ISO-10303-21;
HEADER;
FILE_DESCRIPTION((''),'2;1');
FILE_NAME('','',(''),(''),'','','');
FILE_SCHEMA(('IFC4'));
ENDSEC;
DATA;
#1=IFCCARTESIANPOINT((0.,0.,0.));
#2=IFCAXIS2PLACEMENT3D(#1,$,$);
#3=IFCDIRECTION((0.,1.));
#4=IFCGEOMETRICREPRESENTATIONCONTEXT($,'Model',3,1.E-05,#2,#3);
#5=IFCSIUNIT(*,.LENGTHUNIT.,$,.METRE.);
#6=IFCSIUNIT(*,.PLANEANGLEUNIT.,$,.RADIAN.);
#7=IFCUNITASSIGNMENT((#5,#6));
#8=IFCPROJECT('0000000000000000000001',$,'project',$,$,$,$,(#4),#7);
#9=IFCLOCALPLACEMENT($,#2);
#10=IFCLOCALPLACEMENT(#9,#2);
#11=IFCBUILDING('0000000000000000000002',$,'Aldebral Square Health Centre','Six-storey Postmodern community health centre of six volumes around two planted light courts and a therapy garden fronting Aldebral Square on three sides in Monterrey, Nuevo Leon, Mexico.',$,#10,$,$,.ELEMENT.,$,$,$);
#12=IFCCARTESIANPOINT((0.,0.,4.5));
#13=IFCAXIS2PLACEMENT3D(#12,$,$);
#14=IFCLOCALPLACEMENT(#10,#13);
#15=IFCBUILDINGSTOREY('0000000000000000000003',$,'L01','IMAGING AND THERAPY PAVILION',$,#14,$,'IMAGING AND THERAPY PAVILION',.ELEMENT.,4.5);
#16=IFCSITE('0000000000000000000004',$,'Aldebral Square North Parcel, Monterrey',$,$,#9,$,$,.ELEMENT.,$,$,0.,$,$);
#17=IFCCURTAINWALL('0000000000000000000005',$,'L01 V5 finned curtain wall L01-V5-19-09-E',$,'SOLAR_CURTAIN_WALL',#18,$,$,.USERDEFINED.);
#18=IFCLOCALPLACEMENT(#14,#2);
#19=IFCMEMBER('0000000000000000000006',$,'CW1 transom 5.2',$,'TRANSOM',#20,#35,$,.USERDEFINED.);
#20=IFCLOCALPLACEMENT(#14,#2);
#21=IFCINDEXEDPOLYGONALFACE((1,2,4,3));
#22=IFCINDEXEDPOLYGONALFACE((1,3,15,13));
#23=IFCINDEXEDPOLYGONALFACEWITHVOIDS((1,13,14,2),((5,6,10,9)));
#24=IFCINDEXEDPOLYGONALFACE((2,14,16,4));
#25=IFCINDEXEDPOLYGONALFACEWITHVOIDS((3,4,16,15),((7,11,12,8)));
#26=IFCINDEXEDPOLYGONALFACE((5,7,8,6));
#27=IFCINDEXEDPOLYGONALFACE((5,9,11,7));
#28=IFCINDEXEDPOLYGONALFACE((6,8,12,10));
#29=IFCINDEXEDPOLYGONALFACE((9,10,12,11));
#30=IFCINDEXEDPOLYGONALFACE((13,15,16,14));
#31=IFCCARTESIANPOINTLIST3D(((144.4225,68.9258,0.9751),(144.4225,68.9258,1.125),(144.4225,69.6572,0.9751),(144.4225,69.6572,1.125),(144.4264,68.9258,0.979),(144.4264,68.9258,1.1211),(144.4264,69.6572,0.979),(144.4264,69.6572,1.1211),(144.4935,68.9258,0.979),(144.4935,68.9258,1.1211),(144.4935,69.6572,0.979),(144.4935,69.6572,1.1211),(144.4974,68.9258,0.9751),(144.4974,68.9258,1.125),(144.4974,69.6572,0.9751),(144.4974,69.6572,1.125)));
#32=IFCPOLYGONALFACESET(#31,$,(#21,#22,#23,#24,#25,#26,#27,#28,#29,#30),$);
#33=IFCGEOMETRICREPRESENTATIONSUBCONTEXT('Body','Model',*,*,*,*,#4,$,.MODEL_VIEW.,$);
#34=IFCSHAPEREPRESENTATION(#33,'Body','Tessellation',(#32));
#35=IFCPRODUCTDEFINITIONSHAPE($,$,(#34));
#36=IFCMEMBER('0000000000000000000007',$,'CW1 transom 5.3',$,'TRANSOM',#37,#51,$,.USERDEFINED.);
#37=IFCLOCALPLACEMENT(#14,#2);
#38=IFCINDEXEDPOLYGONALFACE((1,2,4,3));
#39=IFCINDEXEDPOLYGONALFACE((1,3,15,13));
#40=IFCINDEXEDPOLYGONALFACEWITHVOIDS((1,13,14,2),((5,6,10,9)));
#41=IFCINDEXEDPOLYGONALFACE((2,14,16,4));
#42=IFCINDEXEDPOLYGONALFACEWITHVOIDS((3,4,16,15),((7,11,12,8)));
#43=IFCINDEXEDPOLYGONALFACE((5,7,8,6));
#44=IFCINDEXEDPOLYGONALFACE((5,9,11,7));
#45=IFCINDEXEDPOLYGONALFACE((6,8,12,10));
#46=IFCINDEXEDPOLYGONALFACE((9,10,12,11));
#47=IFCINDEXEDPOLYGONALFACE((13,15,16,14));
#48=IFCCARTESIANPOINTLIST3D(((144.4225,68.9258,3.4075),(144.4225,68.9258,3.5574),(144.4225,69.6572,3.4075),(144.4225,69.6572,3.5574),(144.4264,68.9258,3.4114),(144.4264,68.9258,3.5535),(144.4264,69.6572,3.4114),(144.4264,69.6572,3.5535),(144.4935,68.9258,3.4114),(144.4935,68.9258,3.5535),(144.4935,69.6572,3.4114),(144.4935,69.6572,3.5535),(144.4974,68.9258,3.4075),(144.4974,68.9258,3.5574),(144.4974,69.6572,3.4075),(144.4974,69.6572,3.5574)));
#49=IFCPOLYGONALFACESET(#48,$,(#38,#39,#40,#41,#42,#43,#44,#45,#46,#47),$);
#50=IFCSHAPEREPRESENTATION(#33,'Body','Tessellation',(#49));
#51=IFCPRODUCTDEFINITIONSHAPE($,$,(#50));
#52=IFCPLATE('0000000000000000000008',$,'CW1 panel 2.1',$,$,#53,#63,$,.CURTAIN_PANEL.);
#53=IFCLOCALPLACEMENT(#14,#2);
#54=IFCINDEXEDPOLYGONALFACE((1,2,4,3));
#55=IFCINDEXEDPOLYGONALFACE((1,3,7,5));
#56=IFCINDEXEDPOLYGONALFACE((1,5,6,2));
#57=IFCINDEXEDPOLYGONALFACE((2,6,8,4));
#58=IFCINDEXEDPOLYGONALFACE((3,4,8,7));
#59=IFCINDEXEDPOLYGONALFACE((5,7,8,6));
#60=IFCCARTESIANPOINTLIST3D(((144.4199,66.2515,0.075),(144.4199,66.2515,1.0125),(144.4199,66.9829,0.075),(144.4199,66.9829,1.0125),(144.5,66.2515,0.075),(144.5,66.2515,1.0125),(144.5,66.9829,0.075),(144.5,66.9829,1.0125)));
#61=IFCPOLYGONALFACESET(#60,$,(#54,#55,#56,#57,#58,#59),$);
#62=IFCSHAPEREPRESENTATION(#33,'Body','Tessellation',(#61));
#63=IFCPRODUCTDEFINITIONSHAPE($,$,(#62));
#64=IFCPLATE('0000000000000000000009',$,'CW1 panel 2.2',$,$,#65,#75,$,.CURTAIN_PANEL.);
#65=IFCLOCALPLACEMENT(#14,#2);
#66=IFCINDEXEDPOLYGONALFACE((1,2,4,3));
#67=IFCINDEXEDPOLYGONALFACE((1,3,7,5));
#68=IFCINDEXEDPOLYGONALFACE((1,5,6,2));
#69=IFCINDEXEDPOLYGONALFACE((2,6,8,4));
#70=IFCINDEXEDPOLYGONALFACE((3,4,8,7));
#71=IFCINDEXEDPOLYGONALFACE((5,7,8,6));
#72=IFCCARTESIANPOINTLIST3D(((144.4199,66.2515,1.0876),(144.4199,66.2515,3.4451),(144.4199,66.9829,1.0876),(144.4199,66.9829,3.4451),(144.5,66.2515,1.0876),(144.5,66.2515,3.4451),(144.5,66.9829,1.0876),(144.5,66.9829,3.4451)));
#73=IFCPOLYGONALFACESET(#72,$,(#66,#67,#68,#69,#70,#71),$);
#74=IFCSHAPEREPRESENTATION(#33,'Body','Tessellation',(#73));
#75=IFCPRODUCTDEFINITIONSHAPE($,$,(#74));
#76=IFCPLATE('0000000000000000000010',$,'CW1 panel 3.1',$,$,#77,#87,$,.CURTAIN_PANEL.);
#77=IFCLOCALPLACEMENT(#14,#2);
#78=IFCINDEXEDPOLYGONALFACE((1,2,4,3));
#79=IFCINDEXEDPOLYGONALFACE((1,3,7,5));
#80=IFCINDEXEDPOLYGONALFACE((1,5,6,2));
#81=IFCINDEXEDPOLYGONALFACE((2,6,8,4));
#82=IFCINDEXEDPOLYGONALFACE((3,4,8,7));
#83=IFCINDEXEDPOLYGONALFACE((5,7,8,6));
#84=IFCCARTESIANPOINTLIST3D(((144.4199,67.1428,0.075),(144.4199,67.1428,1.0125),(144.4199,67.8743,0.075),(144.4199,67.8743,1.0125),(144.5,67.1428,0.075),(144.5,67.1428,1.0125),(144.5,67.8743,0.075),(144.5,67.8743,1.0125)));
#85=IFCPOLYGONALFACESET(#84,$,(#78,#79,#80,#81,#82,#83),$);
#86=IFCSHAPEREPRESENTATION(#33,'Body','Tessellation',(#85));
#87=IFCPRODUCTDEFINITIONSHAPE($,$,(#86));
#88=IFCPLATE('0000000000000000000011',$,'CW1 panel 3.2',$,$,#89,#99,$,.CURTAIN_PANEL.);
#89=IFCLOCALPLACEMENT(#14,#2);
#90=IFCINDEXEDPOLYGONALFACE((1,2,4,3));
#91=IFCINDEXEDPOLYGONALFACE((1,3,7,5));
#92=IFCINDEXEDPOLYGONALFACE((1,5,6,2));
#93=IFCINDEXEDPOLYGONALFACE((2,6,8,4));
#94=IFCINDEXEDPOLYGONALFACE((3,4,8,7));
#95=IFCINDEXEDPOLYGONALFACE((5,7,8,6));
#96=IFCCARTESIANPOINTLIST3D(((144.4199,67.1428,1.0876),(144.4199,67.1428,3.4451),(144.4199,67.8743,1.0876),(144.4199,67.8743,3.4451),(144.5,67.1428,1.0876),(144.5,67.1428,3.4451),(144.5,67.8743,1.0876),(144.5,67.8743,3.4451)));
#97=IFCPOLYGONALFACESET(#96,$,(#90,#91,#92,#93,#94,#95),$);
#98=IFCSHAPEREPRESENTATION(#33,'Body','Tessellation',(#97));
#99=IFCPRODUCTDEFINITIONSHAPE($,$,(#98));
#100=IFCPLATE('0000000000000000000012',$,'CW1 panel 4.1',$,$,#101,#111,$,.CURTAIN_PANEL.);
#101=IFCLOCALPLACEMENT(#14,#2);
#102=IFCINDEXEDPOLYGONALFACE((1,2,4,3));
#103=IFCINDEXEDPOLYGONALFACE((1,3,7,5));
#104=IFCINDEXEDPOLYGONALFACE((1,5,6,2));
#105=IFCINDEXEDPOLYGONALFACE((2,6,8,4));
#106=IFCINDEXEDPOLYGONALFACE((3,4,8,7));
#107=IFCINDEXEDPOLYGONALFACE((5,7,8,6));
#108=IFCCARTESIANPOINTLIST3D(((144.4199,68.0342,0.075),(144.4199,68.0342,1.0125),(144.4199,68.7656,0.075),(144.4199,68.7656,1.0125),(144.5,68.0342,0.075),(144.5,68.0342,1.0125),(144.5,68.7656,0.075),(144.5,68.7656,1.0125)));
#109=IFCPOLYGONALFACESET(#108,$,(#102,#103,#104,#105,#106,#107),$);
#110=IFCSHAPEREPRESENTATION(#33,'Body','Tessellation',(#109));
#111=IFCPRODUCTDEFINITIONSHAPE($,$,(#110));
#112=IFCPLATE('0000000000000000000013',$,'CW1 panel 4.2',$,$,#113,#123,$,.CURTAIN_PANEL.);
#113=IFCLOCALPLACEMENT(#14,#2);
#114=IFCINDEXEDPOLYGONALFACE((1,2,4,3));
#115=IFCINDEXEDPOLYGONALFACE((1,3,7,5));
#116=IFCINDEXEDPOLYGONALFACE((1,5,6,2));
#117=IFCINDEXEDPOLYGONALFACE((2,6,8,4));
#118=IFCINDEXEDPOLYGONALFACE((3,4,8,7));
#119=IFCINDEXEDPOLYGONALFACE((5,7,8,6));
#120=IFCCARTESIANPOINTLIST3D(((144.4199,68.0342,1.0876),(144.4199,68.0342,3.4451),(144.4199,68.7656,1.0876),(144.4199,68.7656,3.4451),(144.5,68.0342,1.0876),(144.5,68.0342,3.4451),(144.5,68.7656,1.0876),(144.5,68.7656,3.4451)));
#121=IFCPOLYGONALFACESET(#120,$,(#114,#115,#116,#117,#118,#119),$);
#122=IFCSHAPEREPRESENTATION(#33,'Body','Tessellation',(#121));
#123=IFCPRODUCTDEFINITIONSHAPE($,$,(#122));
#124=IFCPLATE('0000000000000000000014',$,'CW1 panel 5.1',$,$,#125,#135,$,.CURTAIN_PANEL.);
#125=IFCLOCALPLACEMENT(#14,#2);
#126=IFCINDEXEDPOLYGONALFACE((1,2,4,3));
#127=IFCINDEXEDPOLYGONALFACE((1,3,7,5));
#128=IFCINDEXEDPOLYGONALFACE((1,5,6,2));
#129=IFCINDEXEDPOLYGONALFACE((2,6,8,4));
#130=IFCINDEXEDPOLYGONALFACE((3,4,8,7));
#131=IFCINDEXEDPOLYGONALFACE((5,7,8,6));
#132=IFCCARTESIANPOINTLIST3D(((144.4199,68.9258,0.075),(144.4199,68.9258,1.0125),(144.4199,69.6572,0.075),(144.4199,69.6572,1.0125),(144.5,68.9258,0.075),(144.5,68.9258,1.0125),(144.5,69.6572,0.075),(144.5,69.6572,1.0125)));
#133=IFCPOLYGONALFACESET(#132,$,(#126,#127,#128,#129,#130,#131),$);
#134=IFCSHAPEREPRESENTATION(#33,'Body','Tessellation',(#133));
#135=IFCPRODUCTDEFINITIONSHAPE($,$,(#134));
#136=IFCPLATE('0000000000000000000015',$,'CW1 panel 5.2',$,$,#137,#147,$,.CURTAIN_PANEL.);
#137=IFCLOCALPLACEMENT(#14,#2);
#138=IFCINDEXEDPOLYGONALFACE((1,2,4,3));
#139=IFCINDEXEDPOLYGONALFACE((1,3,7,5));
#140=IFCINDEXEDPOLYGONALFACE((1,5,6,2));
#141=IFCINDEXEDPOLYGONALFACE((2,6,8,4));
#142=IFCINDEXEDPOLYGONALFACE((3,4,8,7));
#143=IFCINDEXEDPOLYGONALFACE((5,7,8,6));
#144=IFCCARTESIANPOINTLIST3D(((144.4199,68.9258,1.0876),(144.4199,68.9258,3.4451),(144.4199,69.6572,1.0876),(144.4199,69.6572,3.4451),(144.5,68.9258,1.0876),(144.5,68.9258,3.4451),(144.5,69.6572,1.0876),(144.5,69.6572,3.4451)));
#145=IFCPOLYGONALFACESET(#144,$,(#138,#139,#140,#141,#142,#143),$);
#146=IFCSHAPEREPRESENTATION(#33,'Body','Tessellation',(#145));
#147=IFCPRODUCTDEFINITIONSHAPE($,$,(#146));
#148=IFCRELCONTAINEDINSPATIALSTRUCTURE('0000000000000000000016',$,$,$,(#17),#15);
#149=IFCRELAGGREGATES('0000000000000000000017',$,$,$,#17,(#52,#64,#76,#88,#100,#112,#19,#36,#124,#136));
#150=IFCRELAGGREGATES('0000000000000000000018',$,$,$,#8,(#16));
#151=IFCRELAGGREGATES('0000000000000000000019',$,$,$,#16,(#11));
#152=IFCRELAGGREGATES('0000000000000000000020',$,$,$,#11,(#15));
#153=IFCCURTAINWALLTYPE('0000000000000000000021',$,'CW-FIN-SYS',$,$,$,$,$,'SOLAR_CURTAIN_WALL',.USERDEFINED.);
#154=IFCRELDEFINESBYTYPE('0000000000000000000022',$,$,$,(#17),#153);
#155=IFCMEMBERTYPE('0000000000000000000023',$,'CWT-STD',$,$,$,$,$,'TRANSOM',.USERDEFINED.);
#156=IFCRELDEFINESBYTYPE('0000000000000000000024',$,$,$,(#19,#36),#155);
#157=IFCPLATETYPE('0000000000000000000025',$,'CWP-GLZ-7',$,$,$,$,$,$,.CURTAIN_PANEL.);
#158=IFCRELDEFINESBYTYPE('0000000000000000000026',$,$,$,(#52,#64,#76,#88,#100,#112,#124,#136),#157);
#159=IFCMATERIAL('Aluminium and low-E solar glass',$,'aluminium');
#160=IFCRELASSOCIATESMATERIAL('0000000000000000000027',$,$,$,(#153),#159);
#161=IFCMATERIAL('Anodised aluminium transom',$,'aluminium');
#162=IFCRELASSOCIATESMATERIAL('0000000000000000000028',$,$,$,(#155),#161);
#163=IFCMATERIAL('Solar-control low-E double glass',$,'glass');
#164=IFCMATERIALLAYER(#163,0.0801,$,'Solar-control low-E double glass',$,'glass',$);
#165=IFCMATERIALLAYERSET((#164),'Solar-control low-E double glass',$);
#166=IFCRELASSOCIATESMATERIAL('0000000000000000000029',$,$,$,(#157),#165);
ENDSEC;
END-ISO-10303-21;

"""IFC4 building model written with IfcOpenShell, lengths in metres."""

from ifc_helpers import new_model, si_unit, direction, frame, origin, origin_2d, place, context, subcontext, project, spatial, rectangle, hollow_rectangle, extrude, material, layer, layer_set, material_profile, profile_set, type_object, element, aggregate, save


model = new_model("IFC4")

# Units and contexts
model_context = context("Model", 3, precision=1e-05, world=origin(), true_north=direction((0.0, 1.0)))
body_context = subcontext(model_context, "Body", "Model", "MODEL_VIEW")
ifc_project = project(units=[si_unit("LENGTHUNIT", "METRE"), si_unit("PLANEANGLEUNIT", "RADIAN")], contexts=[model_context])

# Site, building, storey
site_placement = place(None, origin())
site = spatial("IfcSite", under=ifc_project, at=site_placement, Name="Aldebral Square North Parcel, Monterrey", CompositionType="ELEMENT", RefElevation=0.0)
building_placement = place(site_placement, origin())
building = spatial("IfcBuilding", under=site, at=building_placement, Name="Aldebral Square Health Centre", Description="Six-storey Postmodern community health centre of six volumes around two planted light courts and a therapy garden fronting Aldebral Square on three sides in Monterrey, Nuevo Leon, Mexico.", CompositionType="ELEMENT")
storey_placement = place(building_placement, frame((0.0, 0.0, 4.5)))
storey = spatial("IfcBuildingStorey", under=building, at=storey_placement, Name="L01", Description="IMAGING AND THERAPY PAVILION", LongName="IMAGING AND THERAPY PAVILION", CompositionType="ELEMENT", Elevation=4.5)

# Curtain wall, members, plates
ifc_material_1 = material(Name="Aluminium and low-E solar glass", Category="aluminium")
curtain_wall_type = type_object("IfcCurtainWallType", Name="CW-FIN-SYS", ElementType="SOLAR_CURTAIN_WALL", PredefinedType="USERDEFINED", material=ifc_material_1)
curtain_wall_placement = place(storey_placement, origin())
curtain_wall = element("IfcCurtainWall", 1, at=curtain_wall_placement, inside=storey, type_object=curtain_wall_type, Name="L01 V5 finned curtain wall L01-V5-19-09-E", ObjectType="SOLAR_CURTAIN_WALL", PredefinedType="USERDEFINED")
ifc_material_2 = material(Name="Anodised aluminium transom", Category="aluminium")
ifc_material_profile_1 = material_profile(ifc_material_2, hollow_rectangle(XDim=0.075, YDim=0.1499, WallThickness=0.0039, at=origin_2d()), Name="CWT 75x150x4")
ifc_profile_set_1 = profile_set([ifc_material_profile_1], Name="Anodised aluminium transom")
member_type_1 = type_object("IfcMemberType", Name="CWT-STD", ElementType="TRANSOM", PredefinedType="USERDEFINED", material=ifc_profile_set_1)
member_1_placement = place(storey_placement, frame((144.46, 68.9258, 1.05), z_axis=(0.0, 1.0, 0.0), x_axis=(-1.0, 0.0, 0.0)))
member_1 = element("IfcMember", 2, at=member_1_placement, type_object=member_type_1, Name="CW1 transom 5.2", ObjectType="TRANSOM", PredefinedType="USERDEFINED", context=body_context, shape_type="SweptSolid", body=[
    extrude(hollow_rectangle(XDim=0.075, YDim=0.1499, WallThickness=0.0039, at=origin_2d()), origin(), (0.0, 0.0, 1.0), 0.7314),
])
member_2_placement = place(storey_placement, frame((144.46, 68.9258, 3.4824), z_axis=(0.0, 1.0, 0.0), x_axis=(-1.0, 0.0, 0.0)))
member_2 = element("IfcMember", 3, at=member_2_placement, type_object=member_type_1, Name="CW1 transom 5.3", ObjectType="TRANSOM", PredefinedType="USERDEFINED", context=body_context, shape_type="SweptSolid", body=[
    extrude(hollow_rectangle(XDim=0.075, YDim=0.1499, WallThickness=0.0039, at=origin_2d()), origin(), (0.0, 0.0, 1.0), 0.7314),
])
ifc_material_3 = material(Name="Solar-control low-E double glass", Category="glass")
ifc_layer = layer(ifc_material_3, 0.0801, Name="Solar-control low-E double glass", Category="glass")
ifc_layer_set = layer_set([ifc_layer], Name="Solar-control low-E double glass")
plate_type = type_object("IfcPlateType", Name="CWP-GLZ-7", PredefinedType="CURTAIN_PANEL", material=ifc_layer_set)
plate_1_placement = place(storey_placement, frame((144.46, 66.6172, 0.075), z_axis=(0.0, 0.0, 1.0), x_axis=(0.0, 1.0, 0.0)))
plate_1 = element("IfcPlate", 4, at=plate_1_placement, type_object=plate_type, Name="CW1 panel 2.1", PredefinedType="CURTAIN_PANEL", context=body_context, shape_type="SweptSolid", body=[
    extrude(rectangle(XDim=0.7314, YDim=0.0801, at=origin_2d()), origin(), (0.0, 0.0, 1.0), 0.9375),
])
plate_2_placement = place(storey_placement, frame((144.46, 66.6172, 1.0876), z_axis=(0.0, 0.0, 1.0), x_axis=(0.0, 1.0, 0.0)))
plate_2 = element("IfcPlate", 5, at=plate_2_placement, type_object=plate_type, Name="CW1 panel 2.2", PredefinedType="CURTAIN_PANEL", context=body_context, shape_type="SweptSolid", body=[
    extrude(rectangle(XDim=0.7314, YDim=0.0801, at=origin_2d()), origin(), (0.0, 0.0, 1.0), 2.3574),
])
plate_3_placement = place(storey_placement, frame((144.46, 67.5085, 0.075), z_axis=(0.0, 0.0, 1.0), x_axis=(0.0, 1.0, 0.0)))
plate_3 = element("IfcPlate", 6, at=plate_3_placement, type_object=plate_type, Name="CW1 panel 3.1", PredefinedType="CURTAIN_PANEL", context=body_context, shape_type="SweptSolid", body=[
    extrude(rectangle(XDim=0.7314, YDim=0.0801, at=origin_2d()), origin(), (0.0, 0.0, 1.0), 0.9375),
])
plate_4_placement = place(storey_placement, frame((144.46, 67.5085, 1.0876), z_axis=(0.0, 0.0, 1.0), x_axis=(0.0, 1.0, 0.0)))
plate_4 = element("IfcPlate", 7, at=plate_4_placement, type_object=plate_type, Name="CW1 panel 3.2", PredefinedType="CURTAIN_PANEL", context=body_context, shape_type="SweptSolid", body=[
    extrude(rectangle(XDim=0.7314, YDim=0.0801, at=origin_2d()), origin(), (0.0, 0.0, 1.0), 2.3574),
])
plate_5_placement = place(storey_placement, frame((144.46, 68.3999, 0.075), z_axis=(0.0, 0.0, 1.0), x_axis=(0.0, 1.0, 0.0)))
plate_5 = element("IfcPlate", 8, at=plate_5_placement, type_object=plate_type, Name="CW1 panel 4.1", PredefinedType="CURTAIN_PANEL", context=body_context, shape_type="SweptSolid", body=[
    extrude(rectangle(XDim=0.7314, YDim=0.0801, at=origin_2d()), origin(), (0.0, 0.0, 1.0), 0.9375),
])
plate_6_placement = place(storey_placement, frame((144.46, 68.3999, 1.0876), z_axis=(0.0, 0.0, 1.0), x_axis=(0.0, 1.0, 0.0)))
plate_6 = element("IfcPlate", 9, at=plate_6_placement, type_object=plate_type, Name="CW1 panel 4.2", PredefinedType="CURTAIN_PANEL", context=body_context, shape_type="SweptSolid", body=[
    extrude(rectangle(XDim=0.7314, YDim=0.0801, at=origin_2d()), origin(), (0.0, 0.0, 1.0), 2.3574),
])
plate_7_placement = place(storey_placement, frame((144.46, 69.2915, 0.075), z_axis=(0.0, 0.0, 1.0), x_axis=(0.0, 1.0, 0.0)))
plate_7 = element("IfcPlate", 10, at=plate_7_placement, type_object=plate_type, Name="CW1 panel 5.1", PredefinedType="CURTAIN_PANEL", context=body_context, shape_type="SweptSolid", body=[
    extrude(rectangle(XDim=0.7314, YDim=0.0801, at=origin_2d()), origin(), (0.0, 0.0, 1.0), 0.9375),
])
plate_8_placement = place(storey_placement, frame((144.46, 69.2915, 1.0876), z_axis=(0.0, 0.0, 1.0), x_axis=(0.0, 1.0, 0.0)))
plate_8 = element("IfcPlate", 11, at=plate_8_placement, type_object=plate_type, Name="CW1 panel 5.2", PredefinedType="CURTAIN_PANEL", context=body_context, shape_type="SweptSolid", body=[
    extrude(rectangle(XDim=0.7314, YDim=0.0801, at=origin_2d()), origin(), (0.0, 0.0, 1.0), 2.3574),
])
aggregate(curtain_wall, [plate_1, plate_2, plate_3, plate_4, plate_5, plate_6, member_1, member_2, plate_7, plate_8])

save(model, "model.ifc")
